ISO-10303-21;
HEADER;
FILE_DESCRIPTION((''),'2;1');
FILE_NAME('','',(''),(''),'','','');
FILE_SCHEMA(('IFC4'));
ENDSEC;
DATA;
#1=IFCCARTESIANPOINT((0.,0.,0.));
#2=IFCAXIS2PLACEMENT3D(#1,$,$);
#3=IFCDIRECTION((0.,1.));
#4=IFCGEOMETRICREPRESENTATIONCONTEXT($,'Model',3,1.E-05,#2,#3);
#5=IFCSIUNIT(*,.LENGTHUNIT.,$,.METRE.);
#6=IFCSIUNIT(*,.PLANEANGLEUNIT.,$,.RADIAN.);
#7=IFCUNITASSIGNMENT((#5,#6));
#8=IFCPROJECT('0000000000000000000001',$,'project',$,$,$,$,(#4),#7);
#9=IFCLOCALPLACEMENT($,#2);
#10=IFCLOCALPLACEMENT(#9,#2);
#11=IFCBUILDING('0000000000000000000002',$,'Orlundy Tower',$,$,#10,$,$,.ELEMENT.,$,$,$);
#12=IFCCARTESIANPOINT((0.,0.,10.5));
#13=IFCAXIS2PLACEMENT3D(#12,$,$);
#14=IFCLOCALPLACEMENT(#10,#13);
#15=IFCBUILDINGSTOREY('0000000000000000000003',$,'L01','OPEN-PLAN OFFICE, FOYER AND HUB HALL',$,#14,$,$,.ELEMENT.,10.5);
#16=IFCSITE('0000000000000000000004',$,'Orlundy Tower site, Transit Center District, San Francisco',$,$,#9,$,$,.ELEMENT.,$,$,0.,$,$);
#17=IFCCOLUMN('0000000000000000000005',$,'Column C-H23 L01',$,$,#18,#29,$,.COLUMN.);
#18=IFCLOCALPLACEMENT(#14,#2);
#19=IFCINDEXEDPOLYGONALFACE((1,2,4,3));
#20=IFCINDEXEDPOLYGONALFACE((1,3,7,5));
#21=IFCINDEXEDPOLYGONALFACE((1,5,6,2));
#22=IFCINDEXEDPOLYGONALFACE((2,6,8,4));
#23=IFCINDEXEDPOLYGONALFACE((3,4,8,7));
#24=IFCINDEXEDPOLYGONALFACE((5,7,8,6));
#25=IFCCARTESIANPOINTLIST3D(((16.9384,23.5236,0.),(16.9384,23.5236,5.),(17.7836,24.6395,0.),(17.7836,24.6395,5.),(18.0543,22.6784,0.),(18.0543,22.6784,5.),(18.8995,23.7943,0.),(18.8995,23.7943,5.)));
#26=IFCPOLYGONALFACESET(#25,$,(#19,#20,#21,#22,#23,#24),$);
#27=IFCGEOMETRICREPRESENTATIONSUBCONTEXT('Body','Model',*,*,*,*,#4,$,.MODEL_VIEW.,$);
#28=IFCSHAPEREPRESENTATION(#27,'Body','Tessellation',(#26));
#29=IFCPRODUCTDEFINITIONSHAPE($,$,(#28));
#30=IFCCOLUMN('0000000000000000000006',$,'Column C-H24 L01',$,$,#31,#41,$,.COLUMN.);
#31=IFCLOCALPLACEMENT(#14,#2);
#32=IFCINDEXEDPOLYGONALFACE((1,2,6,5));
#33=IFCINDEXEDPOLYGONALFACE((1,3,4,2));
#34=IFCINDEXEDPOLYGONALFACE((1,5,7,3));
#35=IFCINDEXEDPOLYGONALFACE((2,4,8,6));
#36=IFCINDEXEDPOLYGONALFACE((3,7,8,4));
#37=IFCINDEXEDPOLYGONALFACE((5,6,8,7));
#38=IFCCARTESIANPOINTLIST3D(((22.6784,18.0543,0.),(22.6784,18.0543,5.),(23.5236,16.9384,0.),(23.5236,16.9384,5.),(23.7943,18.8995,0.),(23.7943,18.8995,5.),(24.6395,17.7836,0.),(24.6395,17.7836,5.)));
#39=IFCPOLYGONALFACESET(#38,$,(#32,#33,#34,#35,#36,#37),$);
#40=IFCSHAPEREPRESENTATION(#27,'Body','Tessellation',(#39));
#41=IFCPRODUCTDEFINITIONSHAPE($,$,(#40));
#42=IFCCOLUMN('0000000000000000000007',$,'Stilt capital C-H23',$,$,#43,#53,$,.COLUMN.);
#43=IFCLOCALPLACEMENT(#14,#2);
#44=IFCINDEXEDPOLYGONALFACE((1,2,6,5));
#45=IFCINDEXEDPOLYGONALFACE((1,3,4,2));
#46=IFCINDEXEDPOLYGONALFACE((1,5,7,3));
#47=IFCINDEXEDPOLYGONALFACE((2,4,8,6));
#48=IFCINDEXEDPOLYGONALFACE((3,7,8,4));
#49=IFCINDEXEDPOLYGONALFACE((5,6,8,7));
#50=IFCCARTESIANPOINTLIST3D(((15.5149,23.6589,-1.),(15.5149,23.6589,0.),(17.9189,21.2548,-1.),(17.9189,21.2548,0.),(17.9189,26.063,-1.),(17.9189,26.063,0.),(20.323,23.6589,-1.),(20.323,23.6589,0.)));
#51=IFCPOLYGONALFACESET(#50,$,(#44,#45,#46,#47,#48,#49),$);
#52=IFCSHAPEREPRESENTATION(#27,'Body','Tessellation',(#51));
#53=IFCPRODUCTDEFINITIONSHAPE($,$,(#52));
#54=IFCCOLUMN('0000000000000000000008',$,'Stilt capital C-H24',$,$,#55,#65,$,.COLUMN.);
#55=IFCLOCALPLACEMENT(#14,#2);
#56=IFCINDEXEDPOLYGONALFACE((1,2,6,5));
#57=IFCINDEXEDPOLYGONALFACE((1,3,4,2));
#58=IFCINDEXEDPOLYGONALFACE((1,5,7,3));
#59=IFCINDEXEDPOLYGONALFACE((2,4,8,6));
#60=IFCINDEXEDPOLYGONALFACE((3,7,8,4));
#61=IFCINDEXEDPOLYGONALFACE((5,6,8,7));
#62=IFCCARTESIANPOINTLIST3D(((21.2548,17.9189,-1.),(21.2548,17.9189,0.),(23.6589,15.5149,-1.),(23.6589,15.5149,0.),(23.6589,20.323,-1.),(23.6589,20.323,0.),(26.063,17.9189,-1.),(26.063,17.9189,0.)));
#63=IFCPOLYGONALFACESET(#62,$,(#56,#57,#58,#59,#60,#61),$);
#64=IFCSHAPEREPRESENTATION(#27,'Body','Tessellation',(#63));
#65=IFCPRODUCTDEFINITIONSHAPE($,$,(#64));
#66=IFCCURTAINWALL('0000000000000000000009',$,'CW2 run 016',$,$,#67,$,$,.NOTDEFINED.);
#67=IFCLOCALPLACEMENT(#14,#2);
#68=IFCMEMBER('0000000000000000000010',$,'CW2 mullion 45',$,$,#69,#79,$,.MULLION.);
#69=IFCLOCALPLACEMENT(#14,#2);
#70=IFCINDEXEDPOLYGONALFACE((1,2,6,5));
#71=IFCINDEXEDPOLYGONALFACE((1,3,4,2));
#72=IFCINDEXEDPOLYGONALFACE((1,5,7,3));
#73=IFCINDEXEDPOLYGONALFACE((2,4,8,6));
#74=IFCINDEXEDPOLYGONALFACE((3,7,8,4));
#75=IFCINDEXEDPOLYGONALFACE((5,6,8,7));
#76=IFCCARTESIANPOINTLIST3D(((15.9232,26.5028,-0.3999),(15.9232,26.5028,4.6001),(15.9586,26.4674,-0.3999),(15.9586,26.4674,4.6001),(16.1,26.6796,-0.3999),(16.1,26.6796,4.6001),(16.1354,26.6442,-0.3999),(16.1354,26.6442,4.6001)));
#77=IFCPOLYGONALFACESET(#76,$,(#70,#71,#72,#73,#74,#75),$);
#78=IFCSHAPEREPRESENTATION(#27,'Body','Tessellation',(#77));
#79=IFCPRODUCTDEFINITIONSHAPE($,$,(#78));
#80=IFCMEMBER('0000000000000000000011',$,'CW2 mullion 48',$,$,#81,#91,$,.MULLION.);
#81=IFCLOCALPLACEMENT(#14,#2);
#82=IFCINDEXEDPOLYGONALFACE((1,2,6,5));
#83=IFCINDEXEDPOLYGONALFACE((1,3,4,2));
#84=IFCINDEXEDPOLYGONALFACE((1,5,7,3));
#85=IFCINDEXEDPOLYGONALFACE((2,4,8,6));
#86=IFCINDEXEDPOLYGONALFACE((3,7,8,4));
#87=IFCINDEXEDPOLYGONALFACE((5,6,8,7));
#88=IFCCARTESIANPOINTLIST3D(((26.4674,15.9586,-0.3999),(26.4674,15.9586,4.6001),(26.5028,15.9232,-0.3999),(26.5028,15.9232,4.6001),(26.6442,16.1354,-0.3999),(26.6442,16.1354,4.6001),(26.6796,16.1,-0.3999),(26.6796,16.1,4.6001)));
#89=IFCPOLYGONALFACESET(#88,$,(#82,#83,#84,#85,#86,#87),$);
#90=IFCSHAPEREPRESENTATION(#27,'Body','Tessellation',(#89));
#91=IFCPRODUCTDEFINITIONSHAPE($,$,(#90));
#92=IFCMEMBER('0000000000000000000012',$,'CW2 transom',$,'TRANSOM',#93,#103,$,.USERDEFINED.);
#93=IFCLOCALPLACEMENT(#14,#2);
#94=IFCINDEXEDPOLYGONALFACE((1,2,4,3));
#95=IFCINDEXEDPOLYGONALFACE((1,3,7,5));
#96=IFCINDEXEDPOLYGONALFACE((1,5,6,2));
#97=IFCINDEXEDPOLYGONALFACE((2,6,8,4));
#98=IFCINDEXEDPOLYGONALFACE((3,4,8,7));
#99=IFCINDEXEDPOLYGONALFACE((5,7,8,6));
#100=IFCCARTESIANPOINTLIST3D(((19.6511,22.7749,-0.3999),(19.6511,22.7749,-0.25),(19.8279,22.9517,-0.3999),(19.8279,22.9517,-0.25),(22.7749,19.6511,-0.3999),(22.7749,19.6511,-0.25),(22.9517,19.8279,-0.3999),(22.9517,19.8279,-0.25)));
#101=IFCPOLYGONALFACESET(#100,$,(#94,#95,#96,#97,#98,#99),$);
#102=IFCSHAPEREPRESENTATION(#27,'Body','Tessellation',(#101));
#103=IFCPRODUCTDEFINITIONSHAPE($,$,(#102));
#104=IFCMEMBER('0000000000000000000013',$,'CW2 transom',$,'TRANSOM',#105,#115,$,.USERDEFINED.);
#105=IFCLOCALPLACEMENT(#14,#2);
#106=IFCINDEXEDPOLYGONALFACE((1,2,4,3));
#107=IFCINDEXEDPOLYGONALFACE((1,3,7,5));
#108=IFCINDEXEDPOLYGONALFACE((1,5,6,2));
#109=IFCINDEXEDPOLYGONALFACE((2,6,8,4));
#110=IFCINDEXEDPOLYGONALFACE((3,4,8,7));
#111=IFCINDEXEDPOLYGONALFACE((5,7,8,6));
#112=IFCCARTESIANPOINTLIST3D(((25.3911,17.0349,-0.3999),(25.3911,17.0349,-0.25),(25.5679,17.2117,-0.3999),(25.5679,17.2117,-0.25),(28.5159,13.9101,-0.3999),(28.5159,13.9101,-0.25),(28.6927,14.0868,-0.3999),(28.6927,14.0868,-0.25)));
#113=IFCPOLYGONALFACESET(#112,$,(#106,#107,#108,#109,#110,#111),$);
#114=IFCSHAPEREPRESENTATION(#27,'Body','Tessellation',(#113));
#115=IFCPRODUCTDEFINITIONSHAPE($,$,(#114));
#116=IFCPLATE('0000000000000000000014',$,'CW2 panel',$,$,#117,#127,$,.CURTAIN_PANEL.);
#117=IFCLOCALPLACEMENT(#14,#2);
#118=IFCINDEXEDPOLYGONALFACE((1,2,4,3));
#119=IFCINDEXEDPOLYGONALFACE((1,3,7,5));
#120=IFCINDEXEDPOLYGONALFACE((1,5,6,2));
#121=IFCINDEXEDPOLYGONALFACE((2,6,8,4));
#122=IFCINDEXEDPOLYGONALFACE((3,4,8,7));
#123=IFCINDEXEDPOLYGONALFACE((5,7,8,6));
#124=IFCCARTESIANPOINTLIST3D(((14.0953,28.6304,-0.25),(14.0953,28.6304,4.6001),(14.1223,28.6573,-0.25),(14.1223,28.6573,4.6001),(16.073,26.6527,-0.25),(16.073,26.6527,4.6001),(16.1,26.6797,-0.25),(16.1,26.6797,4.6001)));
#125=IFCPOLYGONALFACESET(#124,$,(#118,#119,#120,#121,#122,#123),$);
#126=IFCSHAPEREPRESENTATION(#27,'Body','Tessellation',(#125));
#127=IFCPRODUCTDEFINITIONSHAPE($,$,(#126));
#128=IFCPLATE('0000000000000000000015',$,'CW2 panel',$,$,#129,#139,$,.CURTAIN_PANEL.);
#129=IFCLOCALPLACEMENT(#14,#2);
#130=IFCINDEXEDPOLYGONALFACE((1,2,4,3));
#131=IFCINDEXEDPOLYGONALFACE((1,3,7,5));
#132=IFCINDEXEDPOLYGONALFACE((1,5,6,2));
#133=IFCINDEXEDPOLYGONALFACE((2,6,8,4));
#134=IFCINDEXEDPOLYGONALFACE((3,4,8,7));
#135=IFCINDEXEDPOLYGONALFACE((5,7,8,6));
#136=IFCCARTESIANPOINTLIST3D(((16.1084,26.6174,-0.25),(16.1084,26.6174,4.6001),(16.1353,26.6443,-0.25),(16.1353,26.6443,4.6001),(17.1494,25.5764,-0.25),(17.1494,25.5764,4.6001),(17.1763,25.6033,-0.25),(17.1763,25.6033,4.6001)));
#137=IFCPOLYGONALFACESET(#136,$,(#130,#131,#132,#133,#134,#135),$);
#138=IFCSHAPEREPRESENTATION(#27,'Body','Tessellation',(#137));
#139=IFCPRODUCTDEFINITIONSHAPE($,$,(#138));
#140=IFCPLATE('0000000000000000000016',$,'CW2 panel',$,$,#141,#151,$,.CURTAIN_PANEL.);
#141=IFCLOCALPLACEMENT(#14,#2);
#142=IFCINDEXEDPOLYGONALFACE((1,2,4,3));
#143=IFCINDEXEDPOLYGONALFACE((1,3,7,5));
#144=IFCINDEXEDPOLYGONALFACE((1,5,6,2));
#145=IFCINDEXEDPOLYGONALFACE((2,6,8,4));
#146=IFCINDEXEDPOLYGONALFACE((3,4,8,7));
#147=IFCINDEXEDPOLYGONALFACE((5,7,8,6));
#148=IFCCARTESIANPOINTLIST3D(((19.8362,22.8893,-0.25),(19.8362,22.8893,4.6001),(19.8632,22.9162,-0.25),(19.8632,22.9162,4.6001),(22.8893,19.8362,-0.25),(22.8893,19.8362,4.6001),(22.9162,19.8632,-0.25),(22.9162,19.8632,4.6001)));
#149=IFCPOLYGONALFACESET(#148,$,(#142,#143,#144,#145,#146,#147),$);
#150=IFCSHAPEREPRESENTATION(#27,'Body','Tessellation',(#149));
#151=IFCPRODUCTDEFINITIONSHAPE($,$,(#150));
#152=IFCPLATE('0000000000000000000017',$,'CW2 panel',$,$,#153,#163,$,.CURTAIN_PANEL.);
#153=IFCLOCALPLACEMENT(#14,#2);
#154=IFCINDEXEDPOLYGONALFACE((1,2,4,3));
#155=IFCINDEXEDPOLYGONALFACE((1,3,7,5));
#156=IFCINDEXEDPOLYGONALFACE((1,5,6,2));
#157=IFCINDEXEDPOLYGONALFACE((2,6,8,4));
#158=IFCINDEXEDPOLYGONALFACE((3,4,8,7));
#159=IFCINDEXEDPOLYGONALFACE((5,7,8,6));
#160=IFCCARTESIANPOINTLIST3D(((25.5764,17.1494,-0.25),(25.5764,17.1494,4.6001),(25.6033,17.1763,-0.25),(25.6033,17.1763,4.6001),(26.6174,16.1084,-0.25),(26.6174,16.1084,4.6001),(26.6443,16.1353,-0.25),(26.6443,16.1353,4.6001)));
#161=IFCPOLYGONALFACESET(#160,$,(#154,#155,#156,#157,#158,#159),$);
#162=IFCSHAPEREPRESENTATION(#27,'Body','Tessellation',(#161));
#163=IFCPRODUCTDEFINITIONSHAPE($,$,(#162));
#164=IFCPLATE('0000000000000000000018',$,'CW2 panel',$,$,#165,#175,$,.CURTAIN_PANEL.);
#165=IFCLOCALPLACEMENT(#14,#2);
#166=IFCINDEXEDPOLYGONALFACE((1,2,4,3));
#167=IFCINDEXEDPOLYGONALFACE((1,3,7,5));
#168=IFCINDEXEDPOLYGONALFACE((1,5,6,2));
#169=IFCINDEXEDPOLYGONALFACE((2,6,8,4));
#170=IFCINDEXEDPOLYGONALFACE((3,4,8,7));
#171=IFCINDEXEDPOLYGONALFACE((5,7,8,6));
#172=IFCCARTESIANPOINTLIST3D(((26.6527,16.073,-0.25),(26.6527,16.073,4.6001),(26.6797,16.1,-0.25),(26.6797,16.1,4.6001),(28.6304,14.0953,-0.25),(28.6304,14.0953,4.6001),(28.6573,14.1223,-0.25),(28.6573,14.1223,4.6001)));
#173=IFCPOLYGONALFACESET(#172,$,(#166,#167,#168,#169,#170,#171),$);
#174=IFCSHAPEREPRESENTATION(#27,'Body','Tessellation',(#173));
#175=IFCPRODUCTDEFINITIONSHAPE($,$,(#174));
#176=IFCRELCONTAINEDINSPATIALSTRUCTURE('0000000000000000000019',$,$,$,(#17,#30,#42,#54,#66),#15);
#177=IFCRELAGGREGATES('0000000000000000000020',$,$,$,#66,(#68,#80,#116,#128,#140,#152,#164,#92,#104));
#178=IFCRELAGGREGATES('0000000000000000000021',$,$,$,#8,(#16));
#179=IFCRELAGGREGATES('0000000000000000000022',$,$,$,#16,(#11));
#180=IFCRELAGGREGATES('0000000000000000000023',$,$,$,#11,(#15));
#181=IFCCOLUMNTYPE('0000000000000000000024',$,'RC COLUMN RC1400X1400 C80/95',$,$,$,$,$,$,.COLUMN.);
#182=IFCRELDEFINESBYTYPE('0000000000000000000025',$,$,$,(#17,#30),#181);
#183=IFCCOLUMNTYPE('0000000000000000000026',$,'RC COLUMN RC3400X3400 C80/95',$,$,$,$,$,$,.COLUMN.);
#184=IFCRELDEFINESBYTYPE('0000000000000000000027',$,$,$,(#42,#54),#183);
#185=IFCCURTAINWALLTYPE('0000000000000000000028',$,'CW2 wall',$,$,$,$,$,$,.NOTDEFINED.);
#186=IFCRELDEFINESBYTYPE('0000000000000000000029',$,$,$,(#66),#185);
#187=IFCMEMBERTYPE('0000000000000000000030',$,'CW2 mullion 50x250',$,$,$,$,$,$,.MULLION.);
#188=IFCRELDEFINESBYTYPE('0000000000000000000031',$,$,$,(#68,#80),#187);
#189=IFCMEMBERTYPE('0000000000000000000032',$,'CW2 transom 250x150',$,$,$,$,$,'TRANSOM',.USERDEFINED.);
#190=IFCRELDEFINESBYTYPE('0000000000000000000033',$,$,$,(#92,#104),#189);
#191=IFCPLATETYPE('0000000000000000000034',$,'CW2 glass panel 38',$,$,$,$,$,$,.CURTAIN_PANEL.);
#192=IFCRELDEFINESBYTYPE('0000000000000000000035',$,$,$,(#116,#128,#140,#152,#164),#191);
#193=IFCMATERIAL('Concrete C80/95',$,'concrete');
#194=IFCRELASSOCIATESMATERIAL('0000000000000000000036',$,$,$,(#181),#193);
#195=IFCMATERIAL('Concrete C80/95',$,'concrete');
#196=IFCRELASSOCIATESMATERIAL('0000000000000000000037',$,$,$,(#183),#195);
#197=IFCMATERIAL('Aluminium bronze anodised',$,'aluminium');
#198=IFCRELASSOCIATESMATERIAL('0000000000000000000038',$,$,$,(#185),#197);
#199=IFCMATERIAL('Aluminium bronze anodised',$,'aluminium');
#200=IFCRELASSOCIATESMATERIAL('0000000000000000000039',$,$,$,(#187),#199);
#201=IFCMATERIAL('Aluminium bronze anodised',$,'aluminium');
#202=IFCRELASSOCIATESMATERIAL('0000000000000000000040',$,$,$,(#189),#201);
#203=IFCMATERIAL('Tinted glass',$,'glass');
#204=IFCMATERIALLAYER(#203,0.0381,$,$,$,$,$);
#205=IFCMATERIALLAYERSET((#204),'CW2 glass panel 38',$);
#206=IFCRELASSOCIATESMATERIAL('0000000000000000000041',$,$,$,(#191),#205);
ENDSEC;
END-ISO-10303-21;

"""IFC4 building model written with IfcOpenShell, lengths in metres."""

from ifc_helpers import new_model, si_unit, direction, frame, origin, origin_2d, place, context, subcontext, project, spatial, rectangle, extrude, material, layer, layer_set, material_profile, profile_set, type_object, element, aggregate, save


model = new_model("IFC4")

# Units and contexts
model_context = context("Model", 3, precision=1e-05, world=origin(), true_north=direction((0.0, 1.0)))
body_context = subcontext(model_context, "Body", "Model", "MODEL_VIEW")
ifc_project = project(units=[si_unit("LENGTHUNIT", "METRE"), si_unit("PLANEANGLEUNIT", "RADIAN")], contexts=[model_context])

# Site, building, storey
site_placement = place(None, origin())
site = spatial("IfcSite", under=ifc_project, at=site_placement, Name="Orlundy Tower site, Transit Center District, San Francisco", CompositionType="ELEMENT", RefElevation=0.0)
building_placement = place(site_placement, origin())
building = spatial("IfcBuilding", under=site, at=building_placement, Name="Orlundy Tower", CompositionType="ELEMENT")
storey_placement = place(building_placement, frame((0.0, 0.0, 10.5)))
storey = spatial("IfcBuildingStorey", under=building, at=storey_placement, Name="L01", Description="OPEN-PLAN OFFICE, FOYER AND HUB HALL", CompositionType="ELEMENT", Elevation=10.5)

# Columns
ifc_material_1 = material(Name="Concrete C80/95", Category="concrete")
ifc_material_profile_1 = material_profile(ifc_material_1, rectangle(XDim=1.3999, YDim=1.3999, at=origin_2d()), Name="RC1400X1400")
ifc_profile_set_1 = profile_set([ifc_material_profile_1], Name="Concrete C80/95")
column_type_1 = type_object("IfcColumnType", Name="RC COLUMN RC1400X1400 C80/95", PredefinedType="COLUMN", material=ifc_profile_set_1)
for number, where, z_axis, x_axis, name in (
    (1, (17.9189, 23.6589, 0.0), (0.0, 0.0, 1.0), (0.603765, 0.797163, 0.0), "Column C-H23 L01"),
    (2, (23.6589, 17.9189, 0.0), (0.0, 0.0, 1.0), (0.797163, 0.603765, 0.0), "Column C-H24 L01"),
):
    element("IfcColumn", number, at=place(storey_placement, frame(where, z_axis=z_axis, x_axis=x_axis)), inside=storey, type_object=column_type_1, Name=name, PredefinedType="COLUMN", context=body_context, shape_type="SweptSolid", body=[
        extrude(rectangle(XDim=1.3999, YDim=1.3999, at=origin_2d()), origin(), (0.0, 0.0, 1.0), 5.0),
    ])
ifc_material_2 = material(Name="Concrete C80/95", Category="concrete")
ifc_material_profile_2 = material_profile(ifc_material_2, rectangle(XDim=3.3999, YDim=3.3999, at=origin_2d()), Name="RC3400X3400")
ifc_profile_set_2 = profile_set([ifc_material_profile_2], Name="Concrete C80/95")
column_type_2 = type_object("IfcColumnType", Name="RC COLUMN RC3400X3400 C80/95", PredefinedType="COLUMN", material=ifc_profile_set_2)
for number, where, z_axis, x_axis, name in (
    (3, (17.9189, 23.6589, -1.0), (0.0, 0.0, 1.0), (0.707107, 0.707107, 0.0), "Stilt capital C-H23"),
    (4, (23.6589, 17.9189, -1.0), (0.0, 0.0, 1.0), (0.707107, 0.707107, 0.0), "Stilt capital C-H24"),
):
    element("IfcColumn", number, at=place(storey_placement, frame(where, z_axis=z_axis, x_axis=x_axis)), inside=storey, type_object=column_type_2, Name=name, PredefinedType="COLUMN", context=body_context, shape_type="SweptSolid", body=[
        extrude(rectangle(XDim=3.3999, YDim=3.3999, at=origin_2d()), origin(), (0.0, 0.0, 1.0), 1.0),
    ])

# Curtain wall, members, plates
ifc_material_3 = material(Name="Aluminium bronze anodised", Category="aluminium")
curtain_wall_type = type_object("IfcCurtainWallType", Name="CW2 wall", PredefinedType="NOTDEFINED", material=ifc_material_3)
curtain_wall_placement = place(storey_placement, origin())
curtain_wall = element("IfcCurtainWall", 5, at=curtain_wall_placement, inside=storey, type_object=curtain_wall_type, Name="CW2 run 016", PredefinedType="NOTDEFINED")
ifc_material_4 = material(Name="Aluminium bronze anodised", Category="aluminium")
ifc_material_profile_3 = material_profile(ifc_material_4, rectangle(XDim=0.25, YDim=0.05, at=origin_2d()), Name="CW2 mullion 50x250")
ifc_profile_set_3 = profile_set([ifc_material_profile_3], Name="Aluminium bronze anodised")
member_type_1 = type_object("IfcMemberType", Name="CW2 mullion 50x250", PredefinedType="MULLION", material=ifc_profile_set_3)
member_1_placement = place(storey_placement, frame((16.0293, 26.5735, -0.3999), z_axis=(0.0, 0.0, 1.0), x_axis=(0.707107, 0.707107, 0.0)))
member_1 = element("IfcMember", 6, at=member_1_placement, type_object=member_type_1, Name="CW2 mullion 45", PredefinedType="MULLION", context=body_context, shape_type="SweptSolid", body=[
    extrude(rectangle(XDim=0.25, YDim=0.05, at=origin_2d()), origin(), (0.0, 0.0, 1.0), 5.0),
])
member_2_placement = place(storey_placement, frame((26.5735, 16.0293, -0.3999), z_axis=(0.0, 0.0, 1.0), x_axis=(0.707107, 0.707107, 0.0)))
member_2 = element("IfcMember", 7, at=member_2_placement, type_object=member_type_1, Name="CW2 mullion 48", PredefinedType="MULLION", context=body_context, shape_type="SweptSolid", body=[
    extrude(rectangle(XDim=0.25, YDim=0.05, at=origin_2d()), origin(), (0.0, 0.0, 1.0), 5.0),
])
ifc_material_5 = material(Name="Aluminium bronze anodised", Category="aluminium")
ifc_material_profile_4 = material_profile(ifc_material_5, rectangle(XDim=0.25, YDim=0.1499, at=origin_2d()), Name="CW2 transom 250x150")
ifc_profile_set_4 = profile_set([ifc_material_profile_4], Name="Aluminium bronze anodised")
member_type_2 = type_object("IfcMemberType", Name="CW2 transom 250x150", ElementType="TRANSOM", PredefinedType="USERDEFINED", material=ifc_profile_set_4)
member_3_placement = place(storey_placement, frame((19.7395, 22.8633, -0.325), z_axis=(0.707107, -0.707107, 0.0), x_axis=(0.707107, 0.707107, 0.0)))
member_3 = element("IfcMember", 8, at=member_3_placement, type_object=member_type_2, Name="CW2 transom", ObjectType="TRANSOM", PredefinedType="USERDEFINED", context=body_context, shape_type="SweptSolid", body=[
    extrude(rectangle(XDim=0.25, YDim=0.1499, at=origin_2d()), origin(), (0.0, 0.0, 1.0), 4.4177),
])
member_4_placement = place(storey_placement, frame((25.4795, 17.1233, -0.325), z_axis=(0.707107, -0.707107, 0.0), x_axis=(0.707107, 0.707107, 0.0)))
member_4 = element("IfcMember", 9, at=member_4_placement, type_object=member_type_2, Name="CW2 transom", ObjectType="TRANSOM", PredefinedType="USERDEFINED", context=body_context, shape_type="SweptSolid", body=[
    extrude(rectangle(XDim=0.25, YDim=0.1499, at=origin_2d()), origin(), (0.0, 0.0, 1.0), 4.4192),
])
ifc_material_6 = material(Name="Tinted glass", Category="glass")
ifc_layer_1 = layer(ifc_material_6, 0.0381)
ifc_layer_set_1 = layer_set([ifc_layer_1], Name="CW2 glass panel 38")
plate_type = type_object("IfcPlateType", Name="CW2 glass panel 38", PredefinedType="CURTAIN_PANEL", material=ifc_layer_set_1)
plate_1_placement = place(storey_placement, frame((15.0977, 27.655, -0.25), z_axis=(0.0, 0.0, 1.0), x_axis=(0.707107, -0.707107, 0.0)))
plate_1 = element("IfcPlate", 10, at=plate_1_placement, type_object=plate_type, Name="CW2 panel", PredefinedType="CURTAIN_PANEL", context=body_context, shape_type="SweptSolid", body=[
    extrude(rectangle(XDim=2.7969, YDim=0.0381, at=origin_2d()), origin(), (0.0, 0.0, 1.0), 4.8501),
])
plate_2_placement = place(storey_placement, frame((16.6423, 26.1104, -0.25), z_axis=(0.0, 0.0, 1.0), x_axis=(0.707107, -0.707107, 0.0)))
plate_2 = element("IfcPlate", 11, at=plate_2_placement, type_object=plate_type, Name="CW2 panel", PredefinedType="CURTAIN_PANEL", context=body_context, shape_type="SweptSolid", body=[
    extrude(rectangle(XDim=1.4722, YDim=0.0381, at=origin_2d()), origin(), (0.0, 0.0, 1.0), 4.8501),
])
plate_3_placement = place(storey_placement, frame((21.3762, 21.3762, -0.25), z_axis=(0.0, 0.0, 1.0), x_axis=(0.707107, -0.707107, 0.0)))
plate_3 = element("IfcPlate", 12, at=plate_3_placement, type_object=plate_type, Name="CW2 panel", PredefinedType="CURTAIN_PANEL", context=body_context, shape_type="SweptSolid", body=[
    extrude(rectangle(XDim=4.3176, YDim=0.0381, at=origin_2d()), origin(), (0.0, 0.0, 1.0), 4.8501),
])
plate_4_placement = place(storey_placement, frame((26.1104, 16.6423, -0.25), z_axis=(0.0, 0.0, 1.0), x_axis=(0.707107, -0.707107, 0.0)))
plate_4 = element("IfcPlate", 13, at=plate_4_placement, type_object=plate_type, Name="CW2 panel", PredefinedType="CURTAIN_PANEL", context=body_context, shape_type="SweptSolid", body=[
    extrude(rectangle(XDim=1.4722, YDim=0.0381, at=origin_2d()), origin(), (0.0, 0.0, 1.0), 4.8501),
])
plate_5_placement = place(storey_placement, frame((27.655, 15.0977, -0.25), z_axis=(0.0, 0.0, 1.0), x_axis=(0.707107, -0.707107, 0.0)))
plate_5 = element("IfcPlate", 14, at=plate_5_placement, type_object=plate_type, Name="CW2 panel", PredefinedType="CURTAIN_PANEL", context=body_context, shape_type="SweptSolid", body=[
    extrude(rectangle(XDim=2.7969, YDim=0.0381, at=origin_2d()), origin(), (0.0, 0.0, 1.0), 4.8501),
])
aggregate(curtain_wall, [member_1, member_2, plate_1, plate_2, plate_3, plate_4, plate_5, member_3, member_4])

save(model, "model.ifc")
